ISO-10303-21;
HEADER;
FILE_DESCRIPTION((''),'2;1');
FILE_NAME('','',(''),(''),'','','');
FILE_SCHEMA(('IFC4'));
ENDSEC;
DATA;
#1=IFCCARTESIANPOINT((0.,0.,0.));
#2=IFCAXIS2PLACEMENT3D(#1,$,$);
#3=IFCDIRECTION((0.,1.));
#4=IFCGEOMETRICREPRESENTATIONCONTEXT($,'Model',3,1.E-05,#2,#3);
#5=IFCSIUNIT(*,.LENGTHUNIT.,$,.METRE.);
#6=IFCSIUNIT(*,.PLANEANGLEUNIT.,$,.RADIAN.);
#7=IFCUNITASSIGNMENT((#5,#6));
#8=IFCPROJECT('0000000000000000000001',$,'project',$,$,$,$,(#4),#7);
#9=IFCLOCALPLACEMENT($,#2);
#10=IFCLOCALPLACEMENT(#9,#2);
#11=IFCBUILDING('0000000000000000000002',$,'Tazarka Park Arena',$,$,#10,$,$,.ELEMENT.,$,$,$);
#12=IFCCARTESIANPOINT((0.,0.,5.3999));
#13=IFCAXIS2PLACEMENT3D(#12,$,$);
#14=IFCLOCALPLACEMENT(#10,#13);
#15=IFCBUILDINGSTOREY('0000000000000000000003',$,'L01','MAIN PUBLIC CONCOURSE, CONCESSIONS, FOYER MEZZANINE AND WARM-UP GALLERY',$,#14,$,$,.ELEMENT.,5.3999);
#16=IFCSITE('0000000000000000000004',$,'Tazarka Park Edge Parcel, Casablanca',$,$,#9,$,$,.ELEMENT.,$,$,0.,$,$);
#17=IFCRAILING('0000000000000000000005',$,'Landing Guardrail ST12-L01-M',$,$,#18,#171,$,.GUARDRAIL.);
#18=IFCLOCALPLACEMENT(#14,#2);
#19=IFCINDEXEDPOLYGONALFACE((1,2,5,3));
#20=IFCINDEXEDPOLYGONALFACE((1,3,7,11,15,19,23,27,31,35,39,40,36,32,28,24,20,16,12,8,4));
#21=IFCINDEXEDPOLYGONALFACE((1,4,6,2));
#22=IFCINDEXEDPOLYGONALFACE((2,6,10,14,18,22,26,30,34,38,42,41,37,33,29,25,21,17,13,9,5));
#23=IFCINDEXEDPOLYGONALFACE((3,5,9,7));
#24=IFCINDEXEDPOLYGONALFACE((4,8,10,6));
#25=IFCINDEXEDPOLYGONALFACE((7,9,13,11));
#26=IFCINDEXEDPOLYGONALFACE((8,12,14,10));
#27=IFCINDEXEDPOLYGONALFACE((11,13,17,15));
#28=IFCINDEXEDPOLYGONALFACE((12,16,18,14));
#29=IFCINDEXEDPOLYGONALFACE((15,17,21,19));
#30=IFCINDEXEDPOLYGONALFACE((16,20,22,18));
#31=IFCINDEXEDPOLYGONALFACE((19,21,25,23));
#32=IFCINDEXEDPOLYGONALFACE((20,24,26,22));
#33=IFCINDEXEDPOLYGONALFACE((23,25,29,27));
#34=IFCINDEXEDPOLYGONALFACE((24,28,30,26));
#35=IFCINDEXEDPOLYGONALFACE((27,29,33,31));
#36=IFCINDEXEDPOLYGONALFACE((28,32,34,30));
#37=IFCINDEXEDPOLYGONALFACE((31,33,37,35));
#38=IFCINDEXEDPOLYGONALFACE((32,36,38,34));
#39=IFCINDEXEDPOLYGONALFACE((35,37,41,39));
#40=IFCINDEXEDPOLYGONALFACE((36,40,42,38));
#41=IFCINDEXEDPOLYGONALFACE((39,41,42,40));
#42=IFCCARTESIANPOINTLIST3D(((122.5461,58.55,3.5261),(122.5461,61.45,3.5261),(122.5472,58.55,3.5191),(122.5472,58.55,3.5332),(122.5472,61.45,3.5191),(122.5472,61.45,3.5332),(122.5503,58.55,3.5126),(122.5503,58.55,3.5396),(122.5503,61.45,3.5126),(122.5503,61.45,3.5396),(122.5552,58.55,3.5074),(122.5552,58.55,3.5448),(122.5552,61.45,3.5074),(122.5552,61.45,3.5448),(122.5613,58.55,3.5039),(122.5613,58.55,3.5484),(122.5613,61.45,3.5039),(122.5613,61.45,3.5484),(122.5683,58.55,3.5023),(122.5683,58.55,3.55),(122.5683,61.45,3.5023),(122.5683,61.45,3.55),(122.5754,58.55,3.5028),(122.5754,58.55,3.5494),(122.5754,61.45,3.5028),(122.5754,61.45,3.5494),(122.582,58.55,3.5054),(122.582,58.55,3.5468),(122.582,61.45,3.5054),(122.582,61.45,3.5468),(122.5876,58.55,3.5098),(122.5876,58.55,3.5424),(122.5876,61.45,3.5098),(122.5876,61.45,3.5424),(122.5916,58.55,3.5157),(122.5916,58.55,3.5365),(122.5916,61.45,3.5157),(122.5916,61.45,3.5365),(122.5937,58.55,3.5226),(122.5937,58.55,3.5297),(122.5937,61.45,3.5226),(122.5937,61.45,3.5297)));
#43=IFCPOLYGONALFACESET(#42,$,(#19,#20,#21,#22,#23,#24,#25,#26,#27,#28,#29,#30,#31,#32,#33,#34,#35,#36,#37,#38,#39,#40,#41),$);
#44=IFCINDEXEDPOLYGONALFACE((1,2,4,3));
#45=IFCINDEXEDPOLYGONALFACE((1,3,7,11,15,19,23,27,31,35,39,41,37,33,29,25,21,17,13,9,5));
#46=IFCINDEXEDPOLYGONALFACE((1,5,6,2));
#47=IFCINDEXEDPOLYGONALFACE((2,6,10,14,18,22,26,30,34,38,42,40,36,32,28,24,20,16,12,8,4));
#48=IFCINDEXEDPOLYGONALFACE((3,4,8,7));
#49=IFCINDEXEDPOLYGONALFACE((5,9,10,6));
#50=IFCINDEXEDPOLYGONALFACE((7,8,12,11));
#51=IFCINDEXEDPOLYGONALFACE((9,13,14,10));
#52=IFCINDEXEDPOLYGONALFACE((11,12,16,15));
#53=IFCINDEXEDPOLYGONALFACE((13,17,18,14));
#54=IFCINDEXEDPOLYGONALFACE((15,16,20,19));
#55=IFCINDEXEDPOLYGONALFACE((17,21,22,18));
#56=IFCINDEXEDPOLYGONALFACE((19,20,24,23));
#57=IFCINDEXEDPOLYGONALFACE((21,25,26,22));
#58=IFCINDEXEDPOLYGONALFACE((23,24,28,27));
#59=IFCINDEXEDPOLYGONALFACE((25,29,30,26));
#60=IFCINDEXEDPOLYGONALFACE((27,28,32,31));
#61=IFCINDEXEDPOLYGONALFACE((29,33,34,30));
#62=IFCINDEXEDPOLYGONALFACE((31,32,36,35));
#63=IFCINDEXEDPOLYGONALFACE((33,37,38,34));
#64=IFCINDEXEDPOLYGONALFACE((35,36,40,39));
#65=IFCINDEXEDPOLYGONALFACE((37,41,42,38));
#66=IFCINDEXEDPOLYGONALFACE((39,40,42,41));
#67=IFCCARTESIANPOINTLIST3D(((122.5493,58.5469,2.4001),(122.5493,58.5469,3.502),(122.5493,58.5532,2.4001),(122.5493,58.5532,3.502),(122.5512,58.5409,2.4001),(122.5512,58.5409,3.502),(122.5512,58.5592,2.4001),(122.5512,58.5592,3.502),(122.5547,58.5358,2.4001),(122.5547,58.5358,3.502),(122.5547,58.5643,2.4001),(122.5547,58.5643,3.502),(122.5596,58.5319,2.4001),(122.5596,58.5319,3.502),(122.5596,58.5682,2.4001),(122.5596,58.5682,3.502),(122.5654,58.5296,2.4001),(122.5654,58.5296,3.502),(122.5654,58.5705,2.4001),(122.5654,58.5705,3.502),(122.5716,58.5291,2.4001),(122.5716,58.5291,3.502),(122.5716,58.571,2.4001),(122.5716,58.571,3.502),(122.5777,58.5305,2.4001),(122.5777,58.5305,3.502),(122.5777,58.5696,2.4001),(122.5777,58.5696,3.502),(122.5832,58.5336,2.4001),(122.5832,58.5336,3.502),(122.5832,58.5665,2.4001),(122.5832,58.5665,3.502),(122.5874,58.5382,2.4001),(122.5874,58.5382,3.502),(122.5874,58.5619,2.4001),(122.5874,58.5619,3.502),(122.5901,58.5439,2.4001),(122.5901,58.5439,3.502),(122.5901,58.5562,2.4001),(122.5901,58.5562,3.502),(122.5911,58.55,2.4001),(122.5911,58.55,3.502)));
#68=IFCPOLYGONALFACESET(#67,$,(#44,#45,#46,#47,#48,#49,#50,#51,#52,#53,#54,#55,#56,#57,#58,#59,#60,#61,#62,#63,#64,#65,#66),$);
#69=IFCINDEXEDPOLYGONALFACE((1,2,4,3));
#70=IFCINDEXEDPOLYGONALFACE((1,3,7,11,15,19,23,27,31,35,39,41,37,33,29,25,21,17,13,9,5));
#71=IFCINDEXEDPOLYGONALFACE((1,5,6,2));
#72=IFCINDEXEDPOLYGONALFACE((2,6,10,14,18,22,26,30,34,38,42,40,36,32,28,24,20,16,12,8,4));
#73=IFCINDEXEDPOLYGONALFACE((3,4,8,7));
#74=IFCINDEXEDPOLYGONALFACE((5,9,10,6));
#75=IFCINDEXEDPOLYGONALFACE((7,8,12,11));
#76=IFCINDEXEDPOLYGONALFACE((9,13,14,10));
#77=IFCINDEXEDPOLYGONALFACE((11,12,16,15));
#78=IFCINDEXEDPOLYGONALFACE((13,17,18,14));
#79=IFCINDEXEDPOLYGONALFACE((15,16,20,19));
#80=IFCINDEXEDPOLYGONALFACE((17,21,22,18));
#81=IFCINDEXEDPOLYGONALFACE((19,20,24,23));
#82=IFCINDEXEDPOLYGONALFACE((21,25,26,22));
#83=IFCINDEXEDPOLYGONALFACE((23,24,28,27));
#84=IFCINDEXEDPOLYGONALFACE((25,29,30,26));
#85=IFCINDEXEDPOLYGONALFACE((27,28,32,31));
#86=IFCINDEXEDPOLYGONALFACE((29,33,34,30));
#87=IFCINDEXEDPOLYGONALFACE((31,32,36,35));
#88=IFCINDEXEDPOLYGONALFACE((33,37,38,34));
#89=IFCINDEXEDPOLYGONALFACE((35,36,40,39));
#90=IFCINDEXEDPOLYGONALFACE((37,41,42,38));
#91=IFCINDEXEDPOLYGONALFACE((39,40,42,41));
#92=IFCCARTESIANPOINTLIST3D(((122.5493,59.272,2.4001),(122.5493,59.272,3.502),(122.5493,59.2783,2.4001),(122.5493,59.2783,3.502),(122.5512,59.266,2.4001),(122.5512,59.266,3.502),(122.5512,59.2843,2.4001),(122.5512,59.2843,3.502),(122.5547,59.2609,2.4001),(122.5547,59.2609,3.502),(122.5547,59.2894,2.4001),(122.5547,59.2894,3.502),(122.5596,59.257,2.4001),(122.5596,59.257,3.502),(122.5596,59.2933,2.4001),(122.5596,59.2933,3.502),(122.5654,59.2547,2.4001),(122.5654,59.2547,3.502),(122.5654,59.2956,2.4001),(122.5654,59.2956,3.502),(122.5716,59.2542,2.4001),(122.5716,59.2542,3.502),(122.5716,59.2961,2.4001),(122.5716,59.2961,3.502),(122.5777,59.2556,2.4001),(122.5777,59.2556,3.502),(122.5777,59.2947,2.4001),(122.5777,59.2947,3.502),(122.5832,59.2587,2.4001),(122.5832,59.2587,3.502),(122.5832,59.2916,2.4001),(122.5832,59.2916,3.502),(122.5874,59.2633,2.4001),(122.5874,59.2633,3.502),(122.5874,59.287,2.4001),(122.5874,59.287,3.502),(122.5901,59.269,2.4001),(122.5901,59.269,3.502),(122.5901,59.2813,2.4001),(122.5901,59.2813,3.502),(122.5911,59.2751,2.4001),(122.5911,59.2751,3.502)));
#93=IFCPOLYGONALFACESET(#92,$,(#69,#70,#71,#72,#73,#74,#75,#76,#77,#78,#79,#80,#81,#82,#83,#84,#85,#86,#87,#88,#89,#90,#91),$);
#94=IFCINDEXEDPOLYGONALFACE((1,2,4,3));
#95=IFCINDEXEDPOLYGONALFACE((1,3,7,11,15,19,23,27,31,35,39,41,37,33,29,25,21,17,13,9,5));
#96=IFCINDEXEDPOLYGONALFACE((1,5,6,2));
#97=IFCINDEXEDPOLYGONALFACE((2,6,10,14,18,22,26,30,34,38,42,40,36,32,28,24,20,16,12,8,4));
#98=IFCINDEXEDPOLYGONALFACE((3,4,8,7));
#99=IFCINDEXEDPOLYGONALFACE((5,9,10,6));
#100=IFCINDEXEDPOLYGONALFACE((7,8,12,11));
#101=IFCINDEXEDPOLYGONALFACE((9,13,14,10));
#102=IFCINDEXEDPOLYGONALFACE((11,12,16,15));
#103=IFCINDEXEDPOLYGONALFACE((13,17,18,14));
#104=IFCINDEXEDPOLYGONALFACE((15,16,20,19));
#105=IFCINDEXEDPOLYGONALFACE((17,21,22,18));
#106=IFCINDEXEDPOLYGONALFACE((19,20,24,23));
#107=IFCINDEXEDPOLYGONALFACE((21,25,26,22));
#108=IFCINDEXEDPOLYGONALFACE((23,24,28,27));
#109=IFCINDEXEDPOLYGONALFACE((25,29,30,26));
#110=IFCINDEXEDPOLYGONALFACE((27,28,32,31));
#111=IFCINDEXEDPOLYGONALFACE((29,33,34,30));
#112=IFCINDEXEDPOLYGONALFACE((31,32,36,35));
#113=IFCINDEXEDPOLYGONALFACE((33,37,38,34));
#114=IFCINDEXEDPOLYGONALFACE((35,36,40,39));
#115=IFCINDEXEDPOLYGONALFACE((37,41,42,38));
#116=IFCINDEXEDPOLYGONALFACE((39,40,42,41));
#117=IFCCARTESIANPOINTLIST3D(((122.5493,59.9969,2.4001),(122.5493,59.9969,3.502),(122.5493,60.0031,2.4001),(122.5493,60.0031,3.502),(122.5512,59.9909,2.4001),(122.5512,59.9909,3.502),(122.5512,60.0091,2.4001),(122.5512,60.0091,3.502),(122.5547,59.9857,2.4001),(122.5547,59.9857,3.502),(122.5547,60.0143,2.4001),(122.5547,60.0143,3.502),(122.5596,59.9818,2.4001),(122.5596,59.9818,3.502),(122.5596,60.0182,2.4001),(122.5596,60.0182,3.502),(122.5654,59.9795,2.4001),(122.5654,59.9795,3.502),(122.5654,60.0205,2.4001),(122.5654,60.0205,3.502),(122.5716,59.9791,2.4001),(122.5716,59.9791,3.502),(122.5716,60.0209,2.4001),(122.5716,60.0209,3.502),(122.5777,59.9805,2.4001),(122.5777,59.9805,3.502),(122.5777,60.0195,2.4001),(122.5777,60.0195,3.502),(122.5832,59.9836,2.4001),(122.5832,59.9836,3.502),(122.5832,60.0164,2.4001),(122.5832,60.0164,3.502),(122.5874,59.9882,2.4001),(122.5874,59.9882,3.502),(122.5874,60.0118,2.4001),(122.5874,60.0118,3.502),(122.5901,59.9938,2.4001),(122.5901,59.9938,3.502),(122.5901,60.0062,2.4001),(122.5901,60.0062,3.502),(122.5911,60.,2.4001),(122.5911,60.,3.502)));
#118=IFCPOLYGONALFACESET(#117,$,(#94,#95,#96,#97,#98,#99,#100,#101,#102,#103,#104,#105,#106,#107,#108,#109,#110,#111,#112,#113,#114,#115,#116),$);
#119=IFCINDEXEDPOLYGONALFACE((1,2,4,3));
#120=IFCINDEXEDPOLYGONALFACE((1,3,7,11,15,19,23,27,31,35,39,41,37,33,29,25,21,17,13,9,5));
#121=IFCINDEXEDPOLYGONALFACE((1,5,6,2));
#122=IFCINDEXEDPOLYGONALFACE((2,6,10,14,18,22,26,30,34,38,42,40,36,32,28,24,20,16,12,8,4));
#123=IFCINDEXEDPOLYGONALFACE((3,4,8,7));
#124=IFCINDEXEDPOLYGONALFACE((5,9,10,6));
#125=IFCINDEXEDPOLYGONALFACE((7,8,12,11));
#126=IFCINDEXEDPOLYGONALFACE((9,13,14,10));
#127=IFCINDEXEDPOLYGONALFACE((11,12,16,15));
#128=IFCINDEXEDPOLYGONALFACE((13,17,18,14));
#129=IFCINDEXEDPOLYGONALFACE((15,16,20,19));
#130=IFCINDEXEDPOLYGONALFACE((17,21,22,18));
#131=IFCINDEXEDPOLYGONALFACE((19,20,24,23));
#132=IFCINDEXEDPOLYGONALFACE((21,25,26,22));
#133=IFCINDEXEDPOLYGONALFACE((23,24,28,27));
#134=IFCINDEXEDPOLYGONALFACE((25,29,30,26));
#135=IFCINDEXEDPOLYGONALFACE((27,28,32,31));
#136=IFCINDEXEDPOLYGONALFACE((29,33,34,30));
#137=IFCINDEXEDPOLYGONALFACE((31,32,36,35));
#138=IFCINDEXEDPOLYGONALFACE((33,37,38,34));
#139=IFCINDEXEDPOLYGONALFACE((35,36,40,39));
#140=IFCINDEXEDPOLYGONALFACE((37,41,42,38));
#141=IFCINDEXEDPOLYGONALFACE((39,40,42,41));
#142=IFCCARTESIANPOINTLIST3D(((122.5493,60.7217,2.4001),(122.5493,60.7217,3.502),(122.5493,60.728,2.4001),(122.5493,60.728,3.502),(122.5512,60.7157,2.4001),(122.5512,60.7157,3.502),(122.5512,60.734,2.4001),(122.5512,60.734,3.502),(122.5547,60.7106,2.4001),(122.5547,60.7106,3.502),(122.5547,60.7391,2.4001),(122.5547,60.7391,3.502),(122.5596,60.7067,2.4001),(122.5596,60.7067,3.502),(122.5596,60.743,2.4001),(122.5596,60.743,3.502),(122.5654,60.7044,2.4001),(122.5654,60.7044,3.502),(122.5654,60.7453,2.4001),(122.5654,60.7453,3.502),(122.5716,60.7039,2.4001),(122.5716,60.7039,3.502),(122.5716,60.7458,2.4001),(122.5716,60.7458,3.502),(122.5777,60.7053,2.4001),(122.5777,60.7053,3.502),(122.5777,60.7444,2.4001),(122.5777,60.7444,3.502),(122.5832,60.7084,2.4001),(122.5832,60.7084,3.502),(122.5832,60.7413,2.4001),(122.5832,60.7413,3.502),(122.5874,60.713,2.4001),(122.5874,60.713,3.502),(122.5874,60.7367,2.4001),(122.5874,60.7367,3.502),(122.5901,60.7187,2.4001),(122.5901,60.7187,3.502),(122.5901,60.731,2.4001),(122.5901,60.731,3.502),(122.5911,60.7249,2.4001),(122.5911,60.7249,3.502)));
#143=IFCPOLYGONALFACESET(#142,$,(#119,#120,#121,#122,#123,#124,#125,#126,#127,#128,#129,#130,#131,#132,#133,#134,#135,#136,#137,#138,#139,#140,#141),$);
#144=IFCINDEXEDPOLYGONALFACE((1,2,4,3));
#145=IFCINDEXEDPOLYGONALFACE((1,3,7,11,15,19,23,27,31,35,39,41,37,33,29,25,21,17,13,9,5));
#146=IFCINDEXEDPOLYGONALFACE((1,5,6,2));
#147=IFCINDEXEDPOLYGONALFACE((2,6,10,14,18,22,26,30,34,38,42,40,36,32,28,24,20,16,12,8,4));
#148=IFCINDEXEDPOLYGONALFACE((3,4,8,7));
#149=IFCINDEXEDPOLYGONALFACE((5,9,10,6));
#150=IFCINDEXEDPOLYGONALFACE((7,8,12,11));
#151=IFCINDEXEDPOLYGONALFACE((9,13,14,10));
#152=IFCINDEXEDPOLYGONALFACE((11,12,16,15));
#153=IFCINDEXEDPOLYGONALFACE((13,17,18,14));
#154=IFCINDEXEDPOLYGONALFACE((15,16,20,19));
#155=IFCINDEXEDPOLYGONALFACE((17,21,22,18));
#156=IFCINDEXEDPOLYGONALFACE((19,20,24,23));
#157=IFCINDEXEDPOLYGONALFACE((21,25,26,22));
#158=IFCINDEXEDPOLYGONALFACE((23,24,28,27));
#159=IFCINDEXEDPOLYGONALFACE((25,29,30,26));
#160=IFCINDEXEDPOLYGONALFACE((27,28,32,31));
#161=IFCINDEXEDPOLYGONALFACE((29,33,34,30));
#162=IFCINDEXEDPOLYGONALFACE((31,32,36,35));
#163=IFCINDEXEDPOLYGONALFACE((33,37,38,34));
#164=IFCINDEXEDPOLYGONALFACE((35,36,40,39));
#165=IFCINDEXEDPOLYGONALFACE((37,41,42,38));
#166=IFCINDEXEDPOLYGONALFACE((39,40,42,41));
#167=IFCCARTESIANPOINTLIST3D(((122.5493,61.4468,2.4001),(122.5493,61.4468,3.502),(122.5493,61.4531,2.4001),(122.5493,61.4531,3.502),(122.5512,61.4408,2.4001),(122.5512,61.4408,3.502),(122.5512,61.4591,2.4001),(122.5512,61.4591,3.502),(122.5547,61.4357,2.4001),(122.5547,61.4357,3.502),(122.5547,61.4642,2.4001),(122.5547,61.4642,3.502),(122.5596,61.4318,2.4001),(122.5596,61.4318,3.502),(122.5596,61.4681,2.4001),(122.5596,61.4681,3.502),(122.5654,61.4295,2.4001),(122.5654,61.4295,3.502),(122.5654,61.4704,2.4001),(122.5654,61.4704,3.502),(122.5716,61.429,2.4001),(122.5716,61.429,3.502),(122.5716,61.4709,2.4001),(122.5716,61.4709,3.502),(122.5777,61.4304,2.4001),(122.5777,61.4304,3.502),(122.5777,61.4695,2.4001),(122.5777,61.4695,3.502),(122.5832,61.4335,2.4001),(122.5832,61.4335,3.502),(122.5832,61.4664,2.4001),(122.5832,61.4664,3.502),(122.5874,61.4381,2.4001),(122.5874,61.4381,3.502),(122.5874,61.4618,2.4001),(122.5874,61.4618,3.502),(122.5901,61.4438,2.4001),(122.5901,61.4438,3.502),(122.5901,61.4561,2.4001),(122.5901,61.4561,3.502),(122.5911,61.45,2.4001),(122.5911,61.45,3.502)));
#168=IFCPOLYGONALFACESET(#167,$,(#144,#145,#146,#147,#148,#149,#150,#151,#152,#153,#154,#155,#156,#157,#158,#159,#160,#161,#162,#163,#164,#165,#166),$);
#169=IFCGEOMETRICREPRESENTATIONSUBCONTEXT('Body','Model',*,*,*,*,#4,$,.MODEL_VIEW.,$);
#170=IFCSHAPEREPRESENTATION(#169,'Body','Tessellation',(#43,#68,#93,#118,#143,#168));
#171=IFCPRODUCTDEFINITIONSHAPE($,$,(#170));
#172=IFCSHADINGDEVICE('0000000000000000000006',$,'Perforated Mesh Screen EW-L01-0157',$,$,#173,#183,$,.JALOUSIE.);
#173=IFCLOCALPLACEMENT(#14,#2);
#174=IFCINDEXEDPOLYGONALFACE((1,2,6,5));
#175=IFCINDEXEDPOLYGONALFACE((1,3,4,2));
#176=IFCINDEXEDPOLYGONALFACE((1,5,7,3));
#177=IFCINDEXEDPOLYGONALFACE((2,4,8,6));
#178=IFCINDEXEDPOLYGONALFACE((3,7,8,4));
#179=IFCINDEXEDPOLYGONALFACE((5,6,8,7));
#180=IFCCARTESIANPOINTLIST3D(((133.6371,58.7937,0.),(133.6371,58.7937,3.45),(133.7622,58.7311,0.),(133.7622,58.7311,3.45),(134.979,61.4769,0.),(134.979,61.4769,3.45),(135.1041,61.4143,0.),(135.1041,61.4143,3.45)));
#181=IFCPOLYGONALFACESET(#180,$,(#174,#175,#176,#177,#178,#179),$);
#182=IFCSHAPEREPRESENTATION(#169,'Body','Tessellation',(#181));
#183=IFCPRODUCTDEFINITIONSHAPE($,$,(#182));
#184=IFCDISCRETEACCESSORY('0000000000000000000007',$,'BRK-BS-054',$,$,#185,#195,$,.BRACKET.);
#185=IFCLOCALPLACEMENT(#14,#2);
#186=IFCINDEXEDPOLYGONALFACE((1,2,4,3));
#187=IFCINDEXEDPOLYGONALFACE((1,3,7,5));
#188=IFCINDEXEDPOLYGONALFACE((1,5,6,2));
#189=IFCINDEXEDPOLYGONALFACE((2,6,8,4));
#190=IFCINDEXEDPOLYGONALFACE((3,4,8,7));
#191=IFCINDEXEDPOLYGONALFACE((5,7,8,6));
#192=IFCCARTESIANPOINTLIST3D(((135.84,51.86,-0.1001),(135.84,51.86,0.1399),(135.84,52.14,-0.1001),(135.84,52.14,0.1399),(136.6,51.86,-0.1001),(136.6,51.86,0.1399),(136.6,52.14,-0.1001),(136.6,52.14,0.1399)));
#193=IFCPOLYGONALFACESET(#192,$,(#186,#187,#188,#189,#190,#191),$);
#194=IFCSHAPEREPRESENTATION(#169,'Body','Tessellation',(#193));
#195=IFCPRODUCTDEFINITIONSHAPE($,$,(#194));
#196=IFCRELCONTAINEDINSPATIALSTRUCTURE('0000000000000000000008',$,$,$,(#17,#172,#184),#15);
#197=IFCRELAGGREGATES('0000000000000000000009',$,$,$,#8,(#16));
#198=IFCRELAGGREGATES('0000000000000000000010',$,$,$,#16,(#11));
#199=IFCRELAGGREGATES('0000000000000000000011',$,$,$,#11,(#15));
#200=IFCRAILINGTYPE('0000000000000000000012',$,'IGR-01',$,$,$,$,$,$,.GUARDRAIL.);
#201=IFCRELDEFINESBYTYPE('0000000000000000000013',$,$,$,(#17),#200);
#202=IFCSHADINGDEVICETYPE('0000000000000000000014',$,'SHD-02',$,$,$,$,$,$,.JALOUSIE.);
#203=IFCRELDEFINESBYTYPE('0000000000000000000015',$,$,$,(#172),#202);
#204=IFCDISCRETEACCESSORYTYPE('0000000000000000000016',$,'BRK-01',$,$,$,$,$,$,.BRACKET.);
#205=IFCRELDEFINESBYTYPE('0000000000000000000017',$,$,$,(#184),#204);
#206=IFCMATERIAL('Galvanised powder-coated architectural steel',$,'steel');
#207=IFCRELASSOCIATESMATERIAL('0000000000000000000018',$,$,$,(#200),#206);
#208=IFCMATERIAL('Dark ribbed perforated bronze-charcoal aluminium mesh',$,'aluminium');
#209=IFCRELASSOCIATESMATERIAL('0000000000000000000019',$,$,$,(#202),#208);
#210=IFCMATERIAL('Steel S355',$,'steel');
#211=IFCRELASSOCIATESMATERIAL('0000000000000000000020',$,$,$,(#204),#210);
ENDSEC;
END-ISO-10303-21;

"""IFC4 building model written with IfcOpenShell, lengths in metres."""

from ifc_helpers import new_model, si_unit, direction, frame, origin, origin_2d, place, context, subcontext, project, spatial, rectangle, circle, extrude, material, type_object, element, save


model = new_model("IFC4")

# Units and contexts
model_context = context("Model", 3, precision=1e-05, world=origin(), true_north=direction((0.0, 1.0)))
body_context = subcontext(model_context, "Body", "Model", "MODEL_VIEW")
ifc_project = project(units=[si_unit("LENGTHUNIT", "METRE"), si_unit("PLANEANGLEUNIT", "RADIAN")], contexts=[model_context])

# Site, building, storey
site_placement = place(None, origin())
site = spatial("IfcSite", under=ifc_project, at=site_placement, Name="Tazarka Park Edge Parcel, Casablanca", CompositionType="ELEMENT", RefElevation=0.0)
building_placement = place(site_placement, origin())
building = spatial("IfcBuilding", under=site, at=building_placement, Name="Tazarka Park Arena", CompositionType="ELEMENT")
storey_placement = place(building_placement, frame((0.0, 0.0, 5.3999)))
storey = spatial("IfcBuildingStorey", under=building, at=storey_placement, Name="L01", Description="MAIN PUBLIC CONCOURSE, CONCESSIONS, FOYER MEZZANINE AND WARM-UP GALLERY", CompositionType="ELEMENT", Elevation=5.3999)

# Railing
ifc_material_1 = material(Name="Galvanised powder-coated architectural steel", Category="steel")
railing_type_1 = type_object("IfcRailingType", Name="IGR-01", PredefinedType="GUARDRAIL", material=ifc_material_1)
for number, where, name in (
    (1, (122.5701, 58.55, 2.4001), "Landing Guardrail ST12-L01-M"),
):
    element("IfcRailing", number, at=place(storey_placement, frame(where)), inside=storey, type_object=railing_type_1, Name=name, PredefinedType="GUARDRAIL", context=body_context, shape_type="SweptSolid", body=[
        extrude(circle(Radius=0.0239, at=origin_2d()), frame((0.0, 0.0, 1.126), z_axis=(0.0, 1.0, 0.0), x_axis=(-1.0, 0.0, 0.0)), (0.0, 0.0, 1.0), 2.8999),
        extrude(circle(Radius=0.021, at=origin_2d()), origin(), (0.0, 0.0, 1.0), 1.1018),
        extrude(circle(Radius=0.021, at=origin_2d()), frame((0.0, 0.7251, 0.0)), (0.0, 0.0, 1.0), 1.1018),
        extrude(circle(Radius=0.021, at=origin_2d()), frame((0.0, 1.45, 0.0)), (0.0, 0.0, 1.0), 1.1018),
        extrude(circle(Radius=0.021, at=origin_2d()), frame((0.0, 2.1748, 0.0)), (0.0, 0.0, 1.0), 1.1018),
        extrude(circle(Radius=0.021, at=origin_2d()), frame((0.0, 2.8999, 0.0)), (0.0, 0.0, 1.0), 1.1018),
    ])

# Shading device
ifc_material_2 = material(Name="Dark ribbed perforated bronze-charcoal aluminium mesh", Category="aluminium")
shading_device_type = type_object("IfcShadingDeviceType", Name="SHD-02", PredefinedType="JALOUSIE", material=ifc_material_2)
shading_device_placement = place(storey_placement, frame((134.3706, 60.104, 0.0), z_axis=(0.0, 0.0, 1.0), x_axis=(-0.447291, -0.894389, 0.0)))
element("IfcShadingDevice", 2, at=shading_device_placement, inside=storey, type_object=shading_device_type, Name="Perforated Mesh Screen EW-L01-0157", PredefinedType="JALOUSIE", context=body_context, shape_type="SweptSolid", body=[
    extrude(rectangle(XDim=3.0, YDim=0.1399, at=origin_2d()), origin(), (0.0, 0.0, 1.0), 3.45),
])

# Discrete accessory
ifc_material_3 = material(Name="Steel S355", Category="steel")
discrete_accessory_type = type_object("IfcDiscreteAccessoryType", Name="BRK-01", PredefinedType="BRACKET", material=ifc_material_3)
discrete_accessory_placement = place(storey_placement, frame((136.22, 52.0, -0.1001), z_axis=(0.0, 0.0, 1.0), x_axis=(0.0, 1.0, 0.0)))
element("IfcDiscreteAccessory", 3, at=discrete_accessory_placement, inside=storey, type_object=discrete_accessory_type, Name="BRK-BS-054", PredefinedType="BRACKET", context=body_context, shape_type="SweptSolid", body=[
    extrude(rectangle(XDim=0.28, YDim=0.76, at=origin_2d()), origin(), (0.0, 0.0, 1.0), 0.24),
])

save(model, "model.ifc")
